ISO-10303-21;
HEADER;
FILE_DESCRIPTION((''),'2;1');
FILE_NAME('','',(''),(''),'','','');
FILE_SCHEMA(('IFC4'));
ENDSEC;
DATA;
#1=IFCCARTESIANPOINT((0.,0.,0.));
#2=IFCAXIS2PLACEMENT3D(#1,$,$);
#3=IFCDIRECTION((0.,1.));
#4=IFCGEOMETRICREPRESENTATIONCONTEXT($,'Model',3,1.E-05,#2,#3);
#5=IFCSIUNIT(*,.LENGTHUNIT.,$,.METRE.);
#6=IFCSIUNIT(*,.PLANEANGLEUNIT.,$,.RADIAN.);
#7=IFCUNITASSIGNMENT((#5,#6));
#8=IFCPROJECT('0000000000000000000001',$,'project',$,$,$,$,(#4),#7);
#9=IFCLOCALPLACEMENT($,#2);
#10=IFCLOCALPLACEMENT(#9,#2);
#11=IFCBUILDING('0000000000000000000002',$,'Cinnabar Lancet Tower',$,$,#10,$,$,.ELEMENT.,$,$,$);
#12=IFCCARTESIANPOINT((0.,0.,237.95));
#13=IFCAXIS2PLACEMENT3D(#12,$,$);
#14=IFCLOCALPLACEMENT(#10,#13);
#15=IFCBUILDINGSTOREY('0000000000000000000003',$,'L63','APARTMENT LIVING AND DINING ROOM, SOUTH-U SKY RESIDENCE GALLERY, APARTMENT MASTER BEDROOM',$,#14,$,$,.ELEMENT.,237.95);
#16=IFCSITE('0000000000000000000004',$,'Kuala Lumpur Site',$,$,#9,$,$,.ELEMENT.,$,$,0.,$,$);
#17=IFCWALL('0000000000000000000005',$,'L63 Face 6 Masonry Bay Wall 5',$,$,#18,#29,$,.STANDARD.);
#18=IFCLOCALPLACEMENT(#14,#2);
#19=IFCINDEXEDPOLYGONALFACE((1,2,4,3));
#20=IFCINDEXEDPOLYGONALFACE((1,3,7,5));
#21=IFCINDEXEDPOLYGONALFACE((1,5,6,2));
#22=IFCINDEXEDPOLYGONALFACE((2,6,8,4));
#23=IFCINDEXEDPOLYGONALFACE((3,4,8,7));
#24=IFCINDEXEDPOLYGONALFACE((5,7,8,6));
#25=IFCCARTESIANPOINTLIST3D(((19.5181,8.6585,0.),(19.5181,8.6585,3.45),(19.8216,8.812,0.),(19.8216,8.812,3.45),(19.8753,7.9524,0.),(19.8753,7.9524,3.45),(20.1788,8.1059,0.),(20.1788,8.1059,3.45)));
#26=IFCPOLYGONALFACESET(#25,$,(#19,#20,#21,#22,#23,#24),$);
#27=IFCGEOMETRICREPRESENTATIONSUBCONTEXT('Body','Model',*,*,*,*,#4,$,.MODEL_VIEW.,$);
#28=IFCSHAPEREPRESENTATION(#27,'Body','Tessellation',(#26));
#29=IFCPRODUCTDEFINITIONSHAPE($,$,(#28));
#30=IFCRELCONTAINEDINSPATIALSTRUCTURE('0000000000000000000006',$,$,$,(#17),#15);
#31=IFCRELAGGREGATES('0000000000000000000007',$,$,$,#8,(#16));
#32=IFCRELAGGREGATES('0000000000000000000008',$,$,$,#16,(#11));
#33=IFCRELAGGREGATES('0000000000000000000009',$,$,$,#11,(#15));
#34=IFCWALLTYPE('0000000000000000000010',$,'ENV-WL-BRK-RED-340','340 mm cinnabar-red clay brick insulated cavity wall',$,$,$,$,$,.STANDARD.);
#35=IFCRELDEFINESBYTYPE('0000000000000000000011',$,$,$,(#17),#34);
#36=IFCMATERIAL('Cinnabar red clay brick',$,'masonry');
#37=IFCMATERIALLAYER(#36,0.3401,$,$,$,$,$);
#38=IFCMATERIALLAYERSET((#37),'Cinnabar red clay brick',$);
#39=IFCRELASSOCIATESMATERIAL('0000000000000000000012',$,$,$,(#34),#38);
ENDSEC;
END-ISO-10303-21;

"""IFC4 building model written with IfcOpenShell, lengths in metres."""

from ifc_helpers import new_model, si_unit, direction, frame, frame_2d, origin, place, context, subcontext, project, spatial, rectangle, extrude, material, layer, layer_set, type_object, element, save


model = new_model("IFC4")

# Units and contexts
model_context = context("Model", 3, precision=1e-05, world=origin(), true_north=direction((0.0, 1.0)))
body_context = subcontext(model_context, "Body", "Model", "MODEL_VIEW")
ifc_project = project(units=[si_unit("LENGTHUNIT", "METRE"), si_unit("PLANEANGLEUNIT", "RADIAN")], contexts=[model_context])

# Site, building, storey
site_placement = place(None, origin())
site = spatial("IfcSite", under=ifc_project, at=site_placement, Name="Kuala Lumpur Site", CompositionType="ELEMENT", RefElevation=0.0)
building_placement = place(site_placement, origin())
building = spatial("IfcBuilding", under=site, at=building_placement, Name="Cinnabar Lancet Tower", CompositionType="ELEMENT")
storey_placement = place(building_placement, frame((0.0, 0.0, 237.95)))
storey = spatial("IfcBuildingStorey", under=building, at=storey_placement, Name="L63", Description="APARTMENT LIVING AND DINING ROOM, SOUTH-U SKY RESIDENCE GALLERY, APARTMENT MASTER BEDROOM", CompositionType="ELEMENT", Elevation=237.95)

# Shared definitions
ifc_material_1 = material(Name="Cinnabar red clay brick", Category="masonry")
ifc_layer_1 = layer(ifc_material_1, 0.3401)
ifc_layer_set_1 = layer_set([ifc_layer_1], Name="Cinnabar red clay brick")
wall_type_1 = type_object("IfcWallType", Name="ENV-WL-BRK-RED-340", Description="340 mm cinnabar-red clay brick insulated cavity wall", PredefinedType="STANDARD", material=ifc_layer_set_1)

# Wall
wall_1_placement = place(storey_placement, frame((19.6699, 8.7351, 0.0), z_axis=(0.0, 0.0, 1.0), x_axis=(0.451405, -0.892319, 0.0)))
element("IfcWall", 1, at=wall_1_placement, inside=storey, type_object=wall_type_1, Name="L63 Face 6 Masonry Bay Wall 5", PredefinedType="STANDARD", context=body_context, shape_type="SweptSolid", body=[
    extrude(rectangle(XDim=0.7913, YDim=0.3401, at=frame_2d((0.3955, 0.0))), origin(), (0.0, 0.0, 1.0), 3.45),
])

save(model, "model.ifc")
